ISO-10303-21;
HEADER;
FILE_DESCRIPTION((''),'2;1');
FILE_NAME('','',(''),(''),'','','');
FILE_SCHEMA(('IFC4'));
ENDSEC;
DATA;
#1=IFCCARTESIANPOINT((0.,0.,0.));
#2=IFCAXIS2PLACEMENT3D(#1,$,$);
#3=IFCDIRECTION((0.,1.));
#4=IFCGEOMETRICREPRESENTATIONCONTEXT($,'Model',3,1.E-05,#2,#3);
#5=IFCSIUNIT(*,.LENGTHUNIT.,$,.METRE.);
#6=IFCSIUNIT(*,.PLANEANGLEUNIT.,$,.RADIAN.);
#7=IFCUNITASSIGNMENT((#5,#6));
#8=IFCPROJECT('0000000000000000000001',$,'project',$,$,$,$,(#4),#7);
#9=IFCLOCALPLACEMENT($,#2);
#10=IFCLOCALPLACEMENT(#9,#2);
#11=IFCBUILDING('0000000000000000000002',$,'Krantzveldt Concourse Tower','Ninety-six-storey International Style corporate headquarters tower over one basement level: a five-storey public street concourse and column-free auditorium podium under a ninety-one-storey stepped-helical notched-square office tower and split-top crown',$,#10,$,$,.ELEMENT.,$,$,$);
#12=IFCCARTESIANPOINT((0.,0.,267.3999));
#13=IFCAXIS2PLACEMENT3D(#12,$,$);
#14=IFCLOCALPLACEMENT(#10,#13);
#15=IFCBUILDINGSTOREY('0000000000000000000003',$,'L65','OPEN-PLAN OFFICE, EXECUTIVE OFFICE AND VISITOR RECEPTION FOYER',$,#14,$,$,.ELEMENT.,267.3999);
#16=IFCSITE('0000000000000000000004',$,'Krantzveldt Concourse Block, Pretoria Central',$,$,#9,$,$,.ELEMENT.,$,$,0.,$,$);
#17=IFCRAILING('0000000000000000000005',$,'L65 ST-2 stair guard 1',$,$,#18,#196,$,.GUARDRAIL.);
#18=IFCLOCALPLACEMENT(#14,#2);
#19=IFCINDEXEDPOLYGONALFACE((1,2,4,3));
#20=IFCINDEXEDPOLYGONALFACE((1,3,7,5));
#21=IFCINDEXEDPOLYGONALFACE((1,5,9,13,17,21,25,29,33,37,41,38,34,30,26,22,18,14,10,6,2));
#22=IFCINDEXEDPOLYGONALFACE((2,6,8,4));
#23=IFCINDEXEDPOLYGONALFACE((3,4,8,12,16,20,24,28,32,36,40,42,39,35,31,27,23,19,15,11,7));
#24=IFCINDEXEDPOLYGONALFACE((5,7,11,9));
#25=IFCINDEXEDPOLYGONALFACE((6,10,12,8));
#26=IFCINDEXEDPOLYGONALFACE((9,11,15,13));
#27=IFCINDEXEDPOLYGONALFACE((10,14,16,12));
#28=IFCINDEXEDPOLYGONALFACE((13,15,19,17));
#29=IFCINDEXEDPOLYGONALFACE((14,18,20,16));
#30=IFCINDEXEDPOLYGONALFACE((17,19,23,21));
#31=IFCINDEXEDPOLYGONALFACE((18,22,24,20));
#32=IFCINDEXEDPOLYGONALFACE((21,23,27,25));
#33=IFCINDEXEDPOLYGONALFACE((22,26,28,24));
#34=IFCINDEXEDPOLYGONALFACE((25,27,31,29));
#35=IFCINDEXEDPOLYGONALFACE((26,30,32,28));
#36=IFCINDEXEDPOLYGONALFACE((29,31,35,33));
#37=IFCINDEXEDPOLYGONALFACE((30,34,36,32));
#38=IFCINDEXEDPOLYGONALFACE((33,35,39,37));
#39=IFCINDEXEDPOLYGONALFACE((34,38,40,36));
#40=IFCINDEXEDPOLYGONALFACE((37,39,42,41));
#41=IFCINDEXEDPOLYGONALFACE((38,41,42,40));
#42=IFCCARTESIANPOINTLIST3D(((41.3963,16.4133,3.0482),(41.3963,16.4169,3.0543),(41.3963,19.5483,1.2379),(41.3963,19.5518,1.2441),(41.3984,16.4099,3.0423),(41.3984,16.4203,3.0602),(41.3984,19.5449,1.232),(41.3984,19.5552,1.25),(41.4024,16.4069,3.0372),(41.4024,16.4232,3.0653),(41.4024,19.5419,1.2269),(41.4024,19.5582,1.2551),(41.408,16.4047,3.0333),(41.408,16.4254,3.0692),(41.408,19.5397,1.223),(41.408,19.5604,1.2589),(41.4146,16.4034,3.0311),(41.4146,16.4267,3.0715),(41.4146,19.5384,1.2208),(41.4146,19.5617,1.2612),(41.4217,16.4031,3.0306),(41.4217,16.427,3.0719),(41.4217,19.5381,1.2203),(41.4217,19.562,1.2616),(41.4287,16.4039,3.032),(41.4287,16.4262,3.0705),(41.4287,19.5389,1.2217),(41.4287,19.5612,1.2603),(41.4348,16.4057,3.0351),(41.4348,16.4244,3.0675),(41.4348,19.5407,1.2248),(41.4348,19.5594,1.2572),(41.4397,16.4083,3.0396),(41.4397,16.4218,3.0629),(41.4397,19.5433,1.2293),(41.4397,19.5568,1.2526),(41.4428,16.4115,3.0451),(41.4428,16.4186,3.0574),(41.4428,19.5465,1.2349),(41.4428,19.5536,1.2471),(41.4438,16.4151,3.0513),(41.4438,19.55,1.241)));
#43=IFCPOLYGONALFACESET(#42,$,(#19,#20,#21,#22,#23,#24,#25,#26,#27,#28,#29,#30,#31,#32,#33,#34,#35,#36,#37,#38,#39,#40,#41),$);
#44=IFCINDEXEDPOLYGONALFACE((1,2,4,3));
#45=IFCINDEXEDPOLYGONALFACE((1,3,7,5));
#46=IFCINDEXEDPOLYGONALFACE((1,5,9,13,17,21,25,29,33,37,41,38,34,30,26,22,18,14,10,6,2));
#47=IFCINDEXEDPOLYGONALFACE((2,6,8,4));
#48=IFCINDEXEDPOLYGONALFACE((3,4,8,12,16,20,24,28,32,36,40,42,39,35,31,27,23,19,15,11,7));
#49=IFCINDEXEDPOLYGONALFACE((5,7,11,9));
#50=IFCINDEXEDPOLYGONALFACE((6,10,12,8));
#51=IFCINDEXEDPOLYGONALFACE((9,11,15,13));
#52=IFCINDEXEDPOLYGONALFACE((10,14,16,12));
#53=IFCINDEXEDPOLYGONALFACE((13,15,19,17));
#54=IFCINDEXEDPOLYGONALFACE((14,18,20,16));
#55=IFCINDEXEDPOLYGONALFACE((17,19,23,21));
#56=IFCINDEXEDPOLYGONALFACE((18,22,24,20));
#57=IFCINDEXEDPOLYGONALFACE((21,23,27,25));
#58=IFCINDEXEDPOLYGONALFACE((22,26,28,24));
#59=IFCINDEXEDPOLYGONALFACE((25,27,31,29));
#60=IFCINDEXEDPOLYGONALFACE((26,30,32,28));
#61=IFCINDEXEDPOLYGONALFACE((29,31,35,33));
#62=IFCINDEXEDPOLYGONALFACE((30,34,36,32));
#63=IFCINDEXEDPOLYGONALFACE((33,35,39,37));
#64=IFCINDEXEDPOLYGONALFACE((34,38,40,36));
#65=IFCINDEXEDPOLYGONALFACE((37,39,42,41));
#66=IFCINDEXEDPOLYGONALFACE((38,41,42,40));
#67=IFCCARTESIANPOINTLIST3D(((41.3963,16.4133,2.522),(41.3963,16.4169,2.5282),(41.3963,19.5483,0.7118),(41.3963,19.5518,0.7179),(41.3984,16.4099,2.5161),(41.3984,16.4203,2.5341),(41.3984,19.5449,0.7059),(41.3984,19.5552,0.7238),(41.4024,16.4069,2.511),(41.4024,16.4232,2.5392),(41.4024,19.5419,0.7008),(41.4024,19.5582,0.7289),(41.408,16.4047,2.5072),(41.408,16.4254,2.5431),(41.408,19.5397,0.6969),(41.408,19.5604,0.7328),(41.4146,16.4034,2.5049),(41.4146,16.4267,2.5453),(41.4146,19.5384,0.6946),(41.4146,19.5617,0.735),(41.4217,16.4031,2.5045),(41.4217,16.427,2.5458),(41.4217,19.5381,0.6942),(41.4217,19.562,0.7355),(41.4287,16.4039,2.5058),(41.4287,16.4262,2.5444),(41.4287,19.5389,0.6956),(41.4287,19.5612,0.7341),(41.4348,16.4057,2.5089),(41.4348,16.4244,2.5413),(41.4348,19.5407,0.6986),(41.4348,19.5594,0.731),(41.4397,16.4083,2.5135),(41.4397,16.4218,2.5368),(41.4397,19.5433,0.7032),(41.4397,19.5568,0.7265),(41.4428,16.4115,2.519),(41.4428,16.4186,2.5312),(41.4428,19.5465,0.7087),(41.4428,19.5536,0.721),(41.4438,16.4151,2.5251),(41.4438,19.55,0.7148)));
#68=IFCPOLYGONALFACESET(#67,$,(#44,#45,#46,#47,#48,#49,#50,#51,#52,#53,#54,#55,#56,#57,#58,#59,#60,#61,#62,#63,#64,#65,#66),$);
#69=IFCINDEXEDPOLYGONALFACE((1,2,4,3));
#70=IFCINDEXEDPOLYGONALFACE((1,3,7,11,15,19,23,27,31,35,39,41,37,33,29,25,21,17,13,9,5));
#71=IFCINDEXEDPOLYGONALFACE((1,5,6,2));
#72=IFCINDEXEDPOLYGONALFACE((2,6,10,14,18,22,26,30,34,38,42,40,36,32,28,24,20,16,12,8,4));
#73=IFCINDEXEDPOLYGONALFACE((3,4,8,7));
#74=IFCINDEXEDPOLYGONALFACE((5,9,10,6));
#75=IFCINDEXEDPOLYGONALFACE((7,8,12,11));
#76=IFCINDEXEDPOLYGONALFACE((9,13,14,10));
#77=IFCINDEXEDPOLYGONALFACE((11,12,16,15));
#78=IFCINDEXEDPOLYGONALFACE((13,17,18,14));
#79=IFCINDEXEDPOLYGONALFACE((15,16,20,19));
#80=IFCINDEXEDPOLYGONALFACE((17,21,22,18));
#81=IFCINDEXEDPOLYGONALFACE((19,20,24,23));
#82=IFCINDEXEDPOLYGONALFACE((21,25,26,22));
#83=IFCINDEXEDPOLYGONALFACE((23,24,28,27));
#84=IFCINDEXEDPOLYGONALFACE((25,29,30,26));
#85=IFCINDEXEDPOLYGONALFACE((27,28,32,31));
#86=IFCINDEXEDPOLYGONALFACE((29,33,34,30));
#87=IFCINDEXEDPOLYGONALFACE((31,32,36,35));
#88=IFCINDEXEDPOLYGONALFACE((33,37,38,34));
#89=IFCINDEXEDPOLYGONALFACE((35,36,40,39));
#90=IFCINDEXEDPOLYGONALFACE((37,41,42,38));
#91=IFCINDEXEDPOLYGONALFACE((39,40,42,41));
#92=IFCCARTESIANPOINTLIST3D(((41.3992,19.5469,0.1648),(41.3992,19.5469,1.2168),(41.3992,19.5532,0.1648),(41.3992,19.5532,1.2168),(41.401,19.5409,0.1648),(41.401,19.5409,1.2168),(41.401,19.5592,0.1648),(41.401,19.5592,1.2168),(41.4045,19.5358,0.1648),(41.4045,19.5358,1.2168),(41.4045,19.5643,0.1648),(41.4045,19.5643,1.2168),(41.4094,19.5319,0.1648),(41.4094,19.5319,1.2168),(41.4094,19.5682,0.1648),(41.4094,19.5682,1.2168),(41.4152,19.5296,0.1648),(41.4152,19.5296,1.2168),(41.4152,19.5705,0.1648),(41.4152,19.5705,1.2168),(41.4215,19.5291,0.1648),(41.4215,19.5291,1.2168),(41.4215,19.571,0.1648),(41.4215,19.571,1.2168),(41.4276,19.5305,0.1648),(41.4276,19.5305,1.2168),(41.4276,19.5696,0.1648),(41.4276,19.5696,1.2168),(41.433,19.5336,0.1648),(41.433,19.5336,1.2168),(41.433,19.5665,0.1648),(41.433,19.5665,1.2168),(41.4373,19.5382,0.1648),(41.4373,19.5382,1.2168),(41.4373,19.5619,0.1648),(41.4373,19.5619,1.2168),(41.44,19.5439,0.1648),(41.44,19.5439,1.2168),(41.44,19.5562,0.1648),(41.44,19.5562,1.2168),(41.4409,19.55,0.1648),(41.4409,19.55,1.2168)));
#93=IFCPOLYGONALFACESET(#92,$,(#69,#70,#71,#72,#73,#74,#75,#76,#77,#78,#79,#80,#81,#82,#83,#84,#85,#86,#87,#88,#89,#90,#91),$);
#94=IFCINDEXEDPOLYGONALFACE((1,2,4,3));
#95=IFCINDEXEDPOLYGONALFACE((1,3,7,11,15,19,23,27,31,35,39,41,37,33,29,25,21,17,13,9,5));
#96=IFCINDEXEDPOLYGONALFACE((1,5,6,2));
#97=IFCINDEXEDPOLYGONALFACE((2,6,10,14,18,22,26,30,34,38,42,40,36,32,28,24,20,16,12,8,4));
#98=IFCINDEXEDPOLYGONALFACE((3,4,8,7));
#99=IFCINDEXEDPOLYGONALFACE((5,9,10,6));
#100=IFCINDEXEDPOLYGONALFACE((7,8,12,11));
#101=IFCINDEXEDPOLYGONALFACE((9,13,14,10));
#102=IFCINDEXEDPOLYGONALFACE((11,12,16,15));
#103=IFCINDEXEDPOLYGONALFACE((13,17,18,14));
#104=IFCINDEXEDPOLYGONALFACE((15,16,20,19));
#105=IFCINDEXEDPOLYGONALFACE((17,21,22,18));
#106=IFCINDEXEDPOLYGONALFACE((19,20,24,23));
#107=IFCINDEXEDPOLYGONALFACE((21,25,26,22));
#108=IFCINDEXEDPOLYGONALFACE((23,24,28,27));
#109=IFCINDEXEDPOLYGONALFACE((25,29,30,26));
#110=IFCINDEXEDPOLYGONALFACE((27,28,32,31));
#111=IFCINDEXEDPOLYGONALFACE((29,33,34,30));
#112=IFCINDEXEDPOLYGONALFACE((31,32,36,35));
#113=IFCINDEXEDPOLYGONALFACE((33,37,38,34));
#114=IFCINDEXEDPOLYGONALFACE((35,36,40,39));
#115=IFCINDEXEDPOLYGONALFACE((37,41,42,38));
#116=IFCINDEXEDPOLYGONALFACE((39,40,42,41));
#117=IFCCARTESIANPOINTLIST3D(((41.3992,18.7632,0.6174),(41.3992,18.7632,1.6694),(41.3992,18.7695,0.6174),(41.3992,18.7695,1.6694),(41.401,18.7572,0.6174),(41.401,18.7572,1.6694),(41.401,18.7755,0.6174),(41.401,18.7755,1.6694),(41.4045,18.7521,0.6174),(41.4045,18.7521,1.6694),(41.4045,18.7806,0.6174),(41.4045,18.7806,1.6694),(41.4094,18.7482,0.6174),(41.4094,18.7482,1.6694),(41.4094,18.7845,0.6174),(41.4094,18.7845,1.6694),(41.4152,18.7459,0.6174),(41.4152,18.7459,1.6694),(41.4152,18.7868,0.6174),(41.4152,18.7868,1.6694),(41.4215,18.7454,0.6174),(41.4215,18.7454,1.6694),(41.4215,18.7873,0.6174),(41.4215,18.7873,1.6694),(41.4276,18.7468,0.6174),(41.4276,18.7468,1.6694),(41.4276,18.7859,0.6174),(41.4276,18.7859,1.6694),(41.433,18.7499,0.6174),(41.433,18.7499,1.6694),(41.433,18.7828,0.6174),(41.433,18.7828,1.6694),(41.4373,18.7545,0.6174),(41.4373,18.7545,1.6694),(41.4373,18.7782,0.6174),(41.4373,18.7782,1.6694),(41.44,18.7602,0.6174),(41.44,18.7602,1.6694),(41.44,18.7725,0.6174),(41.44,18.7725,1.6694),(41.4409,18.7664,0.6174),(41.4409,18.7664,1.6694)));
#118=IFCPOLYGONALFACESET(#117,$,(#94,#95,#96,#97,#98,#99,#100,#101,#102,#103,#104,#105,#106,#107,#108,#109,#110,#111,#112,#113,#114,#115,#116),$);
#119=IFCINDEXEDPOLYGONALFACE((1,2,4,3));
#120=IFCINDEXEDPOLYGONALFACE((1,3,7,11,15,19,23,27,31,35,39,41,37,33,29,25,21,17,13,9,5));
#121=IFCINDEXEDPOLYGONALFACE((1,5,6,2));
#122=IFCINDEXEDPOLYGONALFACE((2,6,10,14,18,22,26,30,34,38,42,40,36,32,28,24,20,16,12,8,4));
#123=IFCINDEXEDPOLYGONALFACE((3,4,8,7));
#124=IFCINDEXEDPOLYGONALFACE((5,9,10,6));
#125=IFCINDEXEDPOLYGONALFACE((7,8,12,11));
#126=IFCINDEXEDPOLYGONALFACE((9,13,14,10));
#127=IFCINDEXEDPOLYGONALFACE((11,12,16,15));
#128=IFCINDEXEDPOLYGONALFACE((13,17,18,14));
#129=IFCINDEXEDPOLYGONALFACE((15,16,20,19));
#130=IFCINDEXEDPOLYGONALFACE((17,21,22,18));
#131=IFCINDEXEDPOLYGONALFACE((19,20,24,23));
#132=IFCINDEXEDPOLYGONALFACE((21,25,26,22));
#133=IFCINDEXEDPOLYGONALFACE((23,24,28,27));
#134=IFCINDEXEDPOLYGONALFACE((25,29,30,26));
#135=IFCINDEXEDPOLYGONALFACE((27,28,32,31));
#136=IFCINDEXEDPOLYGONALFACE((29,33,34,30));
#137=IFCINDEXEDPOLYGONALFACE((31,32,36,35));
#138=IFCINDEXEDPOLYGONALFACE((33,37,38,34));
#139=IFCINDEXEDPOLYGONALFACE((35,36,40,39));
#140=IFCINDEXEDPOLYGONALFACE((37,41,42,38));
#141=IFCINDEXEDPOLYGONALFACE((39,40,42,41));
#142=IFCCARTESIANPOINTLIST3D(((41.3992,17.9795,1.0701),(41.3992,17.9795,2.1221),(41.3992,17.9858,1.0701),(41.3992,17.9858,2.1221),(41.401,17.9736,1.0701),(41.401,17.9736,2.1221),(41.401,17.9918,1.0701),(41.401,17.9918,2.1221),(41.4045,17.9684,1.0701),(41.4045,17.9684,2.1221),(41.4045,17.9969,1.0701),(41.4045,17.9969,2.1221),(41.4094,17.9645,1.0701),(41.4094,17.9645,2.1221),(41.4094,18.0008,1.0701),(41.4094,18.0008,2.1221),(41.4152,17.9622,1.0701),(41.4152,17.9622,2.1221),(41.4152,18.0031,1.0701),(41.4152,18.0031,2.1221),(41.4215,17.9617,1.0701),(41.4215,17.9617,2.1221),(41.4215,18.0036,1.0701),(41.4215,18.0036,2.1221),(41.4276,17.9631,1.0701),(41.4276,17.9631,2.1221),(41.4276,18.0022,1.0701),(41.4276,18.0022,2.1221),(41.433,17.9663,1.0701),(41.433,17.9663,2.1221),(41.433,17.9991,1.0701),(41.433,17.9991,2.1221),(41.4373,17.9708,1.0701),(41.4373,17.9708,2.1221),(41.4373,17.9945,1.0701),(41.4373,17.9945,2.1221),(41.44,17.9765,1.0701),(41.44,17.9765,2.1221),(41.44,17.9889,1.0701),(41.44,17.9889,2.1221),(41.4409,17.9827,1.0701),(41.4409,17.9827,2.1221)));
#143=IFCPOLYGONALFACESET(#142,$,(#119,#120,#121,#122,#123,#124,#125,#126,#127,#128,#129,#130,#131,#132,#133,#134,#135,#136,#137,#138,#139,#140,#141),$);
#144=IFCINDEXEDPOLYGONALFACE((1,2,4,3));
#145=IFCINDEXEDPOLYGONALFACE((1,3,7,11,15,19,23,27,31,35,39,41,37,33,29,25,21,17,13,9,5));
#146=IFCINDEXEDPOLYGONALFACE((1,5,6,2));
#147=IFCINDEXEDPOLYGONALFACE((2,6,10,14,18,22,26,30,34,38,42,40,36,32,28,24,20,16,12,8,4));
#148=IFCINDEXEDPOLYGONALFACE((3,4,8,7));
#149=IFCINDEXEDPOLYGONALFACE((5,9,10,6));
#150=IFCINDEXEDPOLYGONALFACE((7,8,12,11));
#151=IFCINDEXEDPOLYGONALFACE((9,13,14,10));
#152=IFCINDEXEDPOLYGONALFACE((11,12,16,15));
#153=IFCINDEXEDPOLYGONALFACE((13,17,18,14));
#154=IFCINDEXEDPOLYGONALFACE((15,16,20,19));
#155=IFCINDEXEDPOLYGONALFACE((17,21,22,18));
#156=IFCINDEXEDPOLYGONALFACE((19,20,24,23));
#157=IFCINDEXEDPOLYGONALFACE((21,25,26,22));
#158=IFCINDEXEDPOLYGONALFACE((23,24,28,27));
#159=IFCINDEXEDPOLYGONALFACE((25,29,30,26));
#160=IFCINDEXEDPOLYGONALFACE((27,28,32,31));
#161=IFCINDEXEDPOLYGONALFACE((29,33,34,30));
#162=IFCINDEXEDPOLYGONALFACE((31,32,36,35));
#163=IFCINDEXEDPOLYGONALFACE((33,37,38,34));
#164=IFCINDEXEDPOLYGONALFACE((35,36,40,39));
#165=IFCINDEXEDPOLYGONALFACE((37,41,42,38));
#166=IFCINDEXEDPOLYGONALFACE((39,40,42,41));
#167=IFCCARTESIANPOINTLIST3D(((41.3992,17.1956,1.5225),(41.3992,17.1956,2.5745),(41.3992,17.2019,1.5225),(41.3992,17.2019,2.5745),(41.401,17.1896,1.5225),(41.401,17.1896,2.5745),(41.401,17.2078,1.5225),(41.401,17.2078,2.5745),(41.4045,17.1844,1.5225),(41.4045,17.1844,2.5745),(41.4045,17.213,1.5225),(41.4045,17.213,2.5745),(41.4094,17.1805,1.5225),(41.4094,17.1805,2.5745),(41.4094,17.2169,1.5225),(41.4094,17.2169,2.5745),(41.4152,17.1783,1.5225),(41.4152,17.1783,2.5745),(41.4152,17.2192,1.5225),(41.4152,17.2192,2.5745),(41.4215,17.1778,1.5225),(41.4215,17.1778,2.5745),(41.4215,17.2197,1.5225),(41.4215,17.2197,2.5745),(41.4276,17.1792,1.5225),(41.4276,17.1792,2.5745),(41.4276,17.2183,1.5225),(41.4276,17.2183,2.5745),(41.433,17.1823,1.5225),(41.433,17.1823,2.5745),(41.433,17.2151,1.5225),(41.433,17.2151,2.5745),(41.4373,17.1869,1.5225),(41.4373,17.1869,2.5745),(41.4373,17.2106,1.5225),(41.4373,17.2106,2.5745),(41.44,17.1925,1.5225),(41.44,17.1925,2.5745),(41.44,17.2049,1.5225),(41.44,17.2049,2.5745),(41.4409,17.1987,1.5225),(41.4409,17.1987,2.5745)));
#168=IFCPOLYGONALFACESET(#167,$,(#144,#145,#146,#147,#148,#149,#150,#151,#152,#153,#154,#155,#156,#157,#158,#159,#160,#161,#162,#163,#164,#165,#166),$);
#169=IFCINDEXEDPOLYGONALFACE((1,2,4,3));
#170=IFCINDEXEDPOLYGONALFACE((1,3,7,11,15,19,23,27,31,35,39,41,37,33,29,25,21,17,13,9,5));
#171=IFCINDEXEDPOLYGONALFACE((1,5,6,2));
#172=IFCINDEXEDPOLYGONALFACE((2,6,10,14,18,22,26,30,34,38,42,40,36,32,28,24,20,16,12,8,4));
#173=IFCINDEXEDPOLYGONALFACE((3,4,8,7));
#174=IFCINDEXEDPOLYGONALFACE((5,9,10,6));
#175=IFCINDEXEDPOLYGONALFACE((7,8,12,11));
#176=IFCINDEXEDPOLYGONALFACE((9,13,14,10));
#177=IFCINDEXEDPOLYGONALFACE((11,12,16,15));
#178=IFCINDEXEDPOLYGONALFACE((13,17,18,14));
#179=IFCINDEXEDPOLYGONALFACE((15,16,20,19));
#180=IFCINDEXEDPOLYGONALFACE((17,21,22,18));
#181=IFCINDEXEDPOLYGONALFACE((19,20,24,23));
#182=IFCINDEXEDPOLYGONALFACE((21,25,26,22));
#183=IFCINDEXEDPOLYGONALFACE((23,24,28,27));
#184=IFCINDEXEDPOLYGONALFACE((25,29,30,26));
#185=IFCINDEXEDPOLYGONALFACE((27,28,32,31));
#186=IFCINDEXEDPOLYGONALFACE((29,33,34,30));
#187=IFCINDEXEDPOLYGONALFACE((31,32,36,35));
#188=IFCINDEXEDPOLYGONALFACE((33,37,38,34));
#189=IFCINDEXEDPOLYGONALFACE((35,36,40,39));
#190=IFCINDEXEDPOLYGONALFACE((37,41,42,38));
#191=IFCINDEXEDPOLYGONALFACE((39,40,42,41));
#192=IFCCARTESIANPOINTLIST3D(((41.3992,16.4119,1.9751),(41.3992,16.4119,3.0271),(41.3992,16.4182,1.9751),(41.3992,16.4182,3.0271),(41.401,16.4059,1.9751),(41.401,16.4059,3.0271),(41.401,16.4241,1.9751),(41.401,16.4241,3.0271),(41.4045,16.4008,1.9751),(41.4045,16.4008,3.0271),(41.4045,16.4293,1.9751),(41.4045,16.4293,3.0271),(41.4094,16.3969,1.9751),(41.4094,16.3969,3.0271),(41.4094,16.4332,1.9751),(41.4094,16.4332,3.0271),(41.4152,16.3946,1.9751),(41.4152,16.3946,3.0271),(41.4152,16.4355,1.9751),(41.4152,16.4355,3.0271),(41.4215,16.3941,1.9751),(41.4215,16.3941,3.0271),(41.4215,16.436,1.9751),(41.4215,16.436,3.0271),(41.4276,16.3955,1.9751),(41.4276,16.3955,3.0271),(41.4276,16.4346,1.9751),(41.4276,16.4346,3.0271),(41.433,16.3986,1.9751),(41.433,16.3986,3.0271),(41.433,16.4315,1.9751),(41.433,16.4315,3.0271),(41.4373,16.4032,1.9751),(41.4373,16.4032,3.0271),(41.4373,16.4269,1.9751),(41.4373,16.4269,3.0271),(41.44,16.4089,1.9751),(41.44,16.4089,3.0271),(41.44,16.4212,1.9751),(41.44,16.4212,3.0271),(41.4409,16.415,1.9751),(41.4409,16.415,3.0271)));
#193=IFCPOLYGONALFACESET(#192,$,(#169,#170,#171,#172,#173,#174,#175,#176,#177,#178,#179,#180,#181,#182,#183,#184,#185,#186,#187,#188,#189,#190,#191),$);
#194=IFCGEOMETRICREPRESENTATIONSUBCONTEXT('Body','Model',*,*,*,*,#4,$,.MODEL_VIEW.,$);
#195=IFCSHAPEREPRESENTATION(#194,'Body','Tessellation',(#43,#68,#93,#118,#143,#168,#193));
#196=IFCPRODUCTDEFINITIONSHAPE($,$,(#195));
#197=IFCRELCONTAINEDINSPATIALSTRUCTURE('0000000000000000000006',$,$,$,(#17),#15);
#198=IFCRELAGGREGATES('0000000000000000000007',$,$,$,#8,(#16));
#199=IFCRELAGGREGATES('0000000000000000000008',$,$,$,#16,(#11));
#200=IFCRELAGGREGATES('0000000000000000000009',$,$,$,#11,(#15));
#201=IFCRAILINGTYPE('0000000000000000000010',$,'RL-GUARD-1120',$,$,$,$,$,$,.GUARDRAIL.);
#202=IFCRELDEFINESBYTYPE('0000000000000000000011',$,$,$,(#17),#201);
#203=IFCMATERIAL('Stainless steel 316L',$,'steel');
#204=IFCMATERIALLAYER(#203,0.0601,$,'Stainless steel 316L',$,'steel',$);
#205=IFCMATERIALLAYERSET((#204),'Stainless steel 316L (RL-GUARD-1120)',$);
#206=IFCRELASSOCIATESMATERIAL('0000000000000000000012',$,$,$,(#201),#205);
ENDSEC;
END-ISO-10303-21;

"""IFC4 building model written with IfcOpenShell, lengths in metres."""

from ifc_helpers import new_model, si_unit, direction, frame, origin, origin_2d, place, context, subcontext, project, spatial, circle, extrude, material, layer, layer_set, type_object, element, save


model = new_model("IFC4")

# Units and contexts
model_context = context("Model", 3, precision=1e-05, world=origin(), true_north=direction((0.0, 1.0)))
body_context = subcontext(model_context, "Body", "Model", "MODEL_VIEW")
ifc_project = project(units=[si_unit("LENGTHUNIT", "METRE"), si_unit("PLANEANGLEUNIT", "RADIAN")], contexts=[model_context])

# Site, building, storey
site_placement = place(None, origin())
site = spatial("IfcSite", under=ifc_project, at=site_placement, Name="Krantzveldt Concourse Block, Pretoria Central", CompositionType="ELEMENT", RefElevation=0.0)
building_placement = place(site_placement, origin())
building = spatial("IfcBuilding", under=site, at=building_placement, Name="Krantzveldt Concourse Tower", Description="Ninety-six-storey International Style corporate headquarters tower over one basement level: a five-storey public street concourse and column-free auditorium podium under a ninety-one-storey stepped-helical notched-square office tower and split-top crown", CompositionType="ELEMENT")
storey_placement = place(building_placement, frame((0.0, 0.0, 267.3999)))
storey = spatial("IfcBuildingStorey", under=building, at=storey_placement, Name="L65", Description="OPEN-PLAN OFFICE, EXECUTIVE OFFICE AND VISITOR RECEPTION FOYER", CompositionType="ELEMENT", Elevation=267.3999)

# Shared definitions
ifc_material_1 = material(Name="Stainless steel 316L", Category="steel")

# Railing
ifc_layer_1 = layer(ifc_material_1, 0.0601, Name="Stainless steel 316L", Category="steel")
ifc_layer_set_1 = layer_set([ifc_layer_1], Name="Stainless steel 316L (RL-GUARD-1120)")
railing_type_1 = type_object("IfcRailingType", Name="RL-GUARD-1120", PredefinedType="GUARDRAIL", material=ifc_layer_set_1)
railing_1_placement = place(storey_placement, frame((41.4199, 19.55, 0.1648)))
element("IfcRailing", 1, at=railing_1_placement, inside=storey, type_object=railing_type_1, Name="L65 ST-2 stair guard 1", PredefinedType="GUARDRAIL", context=body_context, shape_type="SweptSolid", body=[
    extrude(circle(Radius=0.0239, at=origin_2d()), frame((0.0, 0.0, 1.0762), z_axis=(0.0, -0.865989, 0.500063), x_axis=(1.0, 0.0, 0.0)), (0.0, 0.0, 1.0), 3.6201),
    extrude(circle(Radius=0.0239, at=origin_2d()), frame((0.0, 0.0, 0.55), z_axis=(0.0, -0.865989, 0.500063), x_axis=(1.0, 0.0, 0.0)), (0.0, 0.0, 1.0), 3.6201),
    extrude(circle(Radius=0.021, at=origin_2d()), origin(), (0.0, 0.0, 1.0), 1.052),
    extrude(circle(Radius=0.021, at=origin_2d()), frame((0.0, -0.7837, 0.4526)), (0.0, 0.0, 1.0), 1.052),
    extrude(circle(Radius=0.021, at=origin_2d()), frame((0.0, -1.5674, 0.9053)), (0.0, 0.0, 1.0), 1.052),
    extrude(circle(Radius=0.021, at=origin_2d()), frame((0.0, -2.3513, 1.3577)), (0.0, 0.0, 1.0), 1.052),
    extrude(circle(Radius=0.021, at=origin_2d()), frame((0.0, -3.135, 1.8103)), (0.0, 0.0, 1.0), 1.052),
])

save(model, "model.ifc")
